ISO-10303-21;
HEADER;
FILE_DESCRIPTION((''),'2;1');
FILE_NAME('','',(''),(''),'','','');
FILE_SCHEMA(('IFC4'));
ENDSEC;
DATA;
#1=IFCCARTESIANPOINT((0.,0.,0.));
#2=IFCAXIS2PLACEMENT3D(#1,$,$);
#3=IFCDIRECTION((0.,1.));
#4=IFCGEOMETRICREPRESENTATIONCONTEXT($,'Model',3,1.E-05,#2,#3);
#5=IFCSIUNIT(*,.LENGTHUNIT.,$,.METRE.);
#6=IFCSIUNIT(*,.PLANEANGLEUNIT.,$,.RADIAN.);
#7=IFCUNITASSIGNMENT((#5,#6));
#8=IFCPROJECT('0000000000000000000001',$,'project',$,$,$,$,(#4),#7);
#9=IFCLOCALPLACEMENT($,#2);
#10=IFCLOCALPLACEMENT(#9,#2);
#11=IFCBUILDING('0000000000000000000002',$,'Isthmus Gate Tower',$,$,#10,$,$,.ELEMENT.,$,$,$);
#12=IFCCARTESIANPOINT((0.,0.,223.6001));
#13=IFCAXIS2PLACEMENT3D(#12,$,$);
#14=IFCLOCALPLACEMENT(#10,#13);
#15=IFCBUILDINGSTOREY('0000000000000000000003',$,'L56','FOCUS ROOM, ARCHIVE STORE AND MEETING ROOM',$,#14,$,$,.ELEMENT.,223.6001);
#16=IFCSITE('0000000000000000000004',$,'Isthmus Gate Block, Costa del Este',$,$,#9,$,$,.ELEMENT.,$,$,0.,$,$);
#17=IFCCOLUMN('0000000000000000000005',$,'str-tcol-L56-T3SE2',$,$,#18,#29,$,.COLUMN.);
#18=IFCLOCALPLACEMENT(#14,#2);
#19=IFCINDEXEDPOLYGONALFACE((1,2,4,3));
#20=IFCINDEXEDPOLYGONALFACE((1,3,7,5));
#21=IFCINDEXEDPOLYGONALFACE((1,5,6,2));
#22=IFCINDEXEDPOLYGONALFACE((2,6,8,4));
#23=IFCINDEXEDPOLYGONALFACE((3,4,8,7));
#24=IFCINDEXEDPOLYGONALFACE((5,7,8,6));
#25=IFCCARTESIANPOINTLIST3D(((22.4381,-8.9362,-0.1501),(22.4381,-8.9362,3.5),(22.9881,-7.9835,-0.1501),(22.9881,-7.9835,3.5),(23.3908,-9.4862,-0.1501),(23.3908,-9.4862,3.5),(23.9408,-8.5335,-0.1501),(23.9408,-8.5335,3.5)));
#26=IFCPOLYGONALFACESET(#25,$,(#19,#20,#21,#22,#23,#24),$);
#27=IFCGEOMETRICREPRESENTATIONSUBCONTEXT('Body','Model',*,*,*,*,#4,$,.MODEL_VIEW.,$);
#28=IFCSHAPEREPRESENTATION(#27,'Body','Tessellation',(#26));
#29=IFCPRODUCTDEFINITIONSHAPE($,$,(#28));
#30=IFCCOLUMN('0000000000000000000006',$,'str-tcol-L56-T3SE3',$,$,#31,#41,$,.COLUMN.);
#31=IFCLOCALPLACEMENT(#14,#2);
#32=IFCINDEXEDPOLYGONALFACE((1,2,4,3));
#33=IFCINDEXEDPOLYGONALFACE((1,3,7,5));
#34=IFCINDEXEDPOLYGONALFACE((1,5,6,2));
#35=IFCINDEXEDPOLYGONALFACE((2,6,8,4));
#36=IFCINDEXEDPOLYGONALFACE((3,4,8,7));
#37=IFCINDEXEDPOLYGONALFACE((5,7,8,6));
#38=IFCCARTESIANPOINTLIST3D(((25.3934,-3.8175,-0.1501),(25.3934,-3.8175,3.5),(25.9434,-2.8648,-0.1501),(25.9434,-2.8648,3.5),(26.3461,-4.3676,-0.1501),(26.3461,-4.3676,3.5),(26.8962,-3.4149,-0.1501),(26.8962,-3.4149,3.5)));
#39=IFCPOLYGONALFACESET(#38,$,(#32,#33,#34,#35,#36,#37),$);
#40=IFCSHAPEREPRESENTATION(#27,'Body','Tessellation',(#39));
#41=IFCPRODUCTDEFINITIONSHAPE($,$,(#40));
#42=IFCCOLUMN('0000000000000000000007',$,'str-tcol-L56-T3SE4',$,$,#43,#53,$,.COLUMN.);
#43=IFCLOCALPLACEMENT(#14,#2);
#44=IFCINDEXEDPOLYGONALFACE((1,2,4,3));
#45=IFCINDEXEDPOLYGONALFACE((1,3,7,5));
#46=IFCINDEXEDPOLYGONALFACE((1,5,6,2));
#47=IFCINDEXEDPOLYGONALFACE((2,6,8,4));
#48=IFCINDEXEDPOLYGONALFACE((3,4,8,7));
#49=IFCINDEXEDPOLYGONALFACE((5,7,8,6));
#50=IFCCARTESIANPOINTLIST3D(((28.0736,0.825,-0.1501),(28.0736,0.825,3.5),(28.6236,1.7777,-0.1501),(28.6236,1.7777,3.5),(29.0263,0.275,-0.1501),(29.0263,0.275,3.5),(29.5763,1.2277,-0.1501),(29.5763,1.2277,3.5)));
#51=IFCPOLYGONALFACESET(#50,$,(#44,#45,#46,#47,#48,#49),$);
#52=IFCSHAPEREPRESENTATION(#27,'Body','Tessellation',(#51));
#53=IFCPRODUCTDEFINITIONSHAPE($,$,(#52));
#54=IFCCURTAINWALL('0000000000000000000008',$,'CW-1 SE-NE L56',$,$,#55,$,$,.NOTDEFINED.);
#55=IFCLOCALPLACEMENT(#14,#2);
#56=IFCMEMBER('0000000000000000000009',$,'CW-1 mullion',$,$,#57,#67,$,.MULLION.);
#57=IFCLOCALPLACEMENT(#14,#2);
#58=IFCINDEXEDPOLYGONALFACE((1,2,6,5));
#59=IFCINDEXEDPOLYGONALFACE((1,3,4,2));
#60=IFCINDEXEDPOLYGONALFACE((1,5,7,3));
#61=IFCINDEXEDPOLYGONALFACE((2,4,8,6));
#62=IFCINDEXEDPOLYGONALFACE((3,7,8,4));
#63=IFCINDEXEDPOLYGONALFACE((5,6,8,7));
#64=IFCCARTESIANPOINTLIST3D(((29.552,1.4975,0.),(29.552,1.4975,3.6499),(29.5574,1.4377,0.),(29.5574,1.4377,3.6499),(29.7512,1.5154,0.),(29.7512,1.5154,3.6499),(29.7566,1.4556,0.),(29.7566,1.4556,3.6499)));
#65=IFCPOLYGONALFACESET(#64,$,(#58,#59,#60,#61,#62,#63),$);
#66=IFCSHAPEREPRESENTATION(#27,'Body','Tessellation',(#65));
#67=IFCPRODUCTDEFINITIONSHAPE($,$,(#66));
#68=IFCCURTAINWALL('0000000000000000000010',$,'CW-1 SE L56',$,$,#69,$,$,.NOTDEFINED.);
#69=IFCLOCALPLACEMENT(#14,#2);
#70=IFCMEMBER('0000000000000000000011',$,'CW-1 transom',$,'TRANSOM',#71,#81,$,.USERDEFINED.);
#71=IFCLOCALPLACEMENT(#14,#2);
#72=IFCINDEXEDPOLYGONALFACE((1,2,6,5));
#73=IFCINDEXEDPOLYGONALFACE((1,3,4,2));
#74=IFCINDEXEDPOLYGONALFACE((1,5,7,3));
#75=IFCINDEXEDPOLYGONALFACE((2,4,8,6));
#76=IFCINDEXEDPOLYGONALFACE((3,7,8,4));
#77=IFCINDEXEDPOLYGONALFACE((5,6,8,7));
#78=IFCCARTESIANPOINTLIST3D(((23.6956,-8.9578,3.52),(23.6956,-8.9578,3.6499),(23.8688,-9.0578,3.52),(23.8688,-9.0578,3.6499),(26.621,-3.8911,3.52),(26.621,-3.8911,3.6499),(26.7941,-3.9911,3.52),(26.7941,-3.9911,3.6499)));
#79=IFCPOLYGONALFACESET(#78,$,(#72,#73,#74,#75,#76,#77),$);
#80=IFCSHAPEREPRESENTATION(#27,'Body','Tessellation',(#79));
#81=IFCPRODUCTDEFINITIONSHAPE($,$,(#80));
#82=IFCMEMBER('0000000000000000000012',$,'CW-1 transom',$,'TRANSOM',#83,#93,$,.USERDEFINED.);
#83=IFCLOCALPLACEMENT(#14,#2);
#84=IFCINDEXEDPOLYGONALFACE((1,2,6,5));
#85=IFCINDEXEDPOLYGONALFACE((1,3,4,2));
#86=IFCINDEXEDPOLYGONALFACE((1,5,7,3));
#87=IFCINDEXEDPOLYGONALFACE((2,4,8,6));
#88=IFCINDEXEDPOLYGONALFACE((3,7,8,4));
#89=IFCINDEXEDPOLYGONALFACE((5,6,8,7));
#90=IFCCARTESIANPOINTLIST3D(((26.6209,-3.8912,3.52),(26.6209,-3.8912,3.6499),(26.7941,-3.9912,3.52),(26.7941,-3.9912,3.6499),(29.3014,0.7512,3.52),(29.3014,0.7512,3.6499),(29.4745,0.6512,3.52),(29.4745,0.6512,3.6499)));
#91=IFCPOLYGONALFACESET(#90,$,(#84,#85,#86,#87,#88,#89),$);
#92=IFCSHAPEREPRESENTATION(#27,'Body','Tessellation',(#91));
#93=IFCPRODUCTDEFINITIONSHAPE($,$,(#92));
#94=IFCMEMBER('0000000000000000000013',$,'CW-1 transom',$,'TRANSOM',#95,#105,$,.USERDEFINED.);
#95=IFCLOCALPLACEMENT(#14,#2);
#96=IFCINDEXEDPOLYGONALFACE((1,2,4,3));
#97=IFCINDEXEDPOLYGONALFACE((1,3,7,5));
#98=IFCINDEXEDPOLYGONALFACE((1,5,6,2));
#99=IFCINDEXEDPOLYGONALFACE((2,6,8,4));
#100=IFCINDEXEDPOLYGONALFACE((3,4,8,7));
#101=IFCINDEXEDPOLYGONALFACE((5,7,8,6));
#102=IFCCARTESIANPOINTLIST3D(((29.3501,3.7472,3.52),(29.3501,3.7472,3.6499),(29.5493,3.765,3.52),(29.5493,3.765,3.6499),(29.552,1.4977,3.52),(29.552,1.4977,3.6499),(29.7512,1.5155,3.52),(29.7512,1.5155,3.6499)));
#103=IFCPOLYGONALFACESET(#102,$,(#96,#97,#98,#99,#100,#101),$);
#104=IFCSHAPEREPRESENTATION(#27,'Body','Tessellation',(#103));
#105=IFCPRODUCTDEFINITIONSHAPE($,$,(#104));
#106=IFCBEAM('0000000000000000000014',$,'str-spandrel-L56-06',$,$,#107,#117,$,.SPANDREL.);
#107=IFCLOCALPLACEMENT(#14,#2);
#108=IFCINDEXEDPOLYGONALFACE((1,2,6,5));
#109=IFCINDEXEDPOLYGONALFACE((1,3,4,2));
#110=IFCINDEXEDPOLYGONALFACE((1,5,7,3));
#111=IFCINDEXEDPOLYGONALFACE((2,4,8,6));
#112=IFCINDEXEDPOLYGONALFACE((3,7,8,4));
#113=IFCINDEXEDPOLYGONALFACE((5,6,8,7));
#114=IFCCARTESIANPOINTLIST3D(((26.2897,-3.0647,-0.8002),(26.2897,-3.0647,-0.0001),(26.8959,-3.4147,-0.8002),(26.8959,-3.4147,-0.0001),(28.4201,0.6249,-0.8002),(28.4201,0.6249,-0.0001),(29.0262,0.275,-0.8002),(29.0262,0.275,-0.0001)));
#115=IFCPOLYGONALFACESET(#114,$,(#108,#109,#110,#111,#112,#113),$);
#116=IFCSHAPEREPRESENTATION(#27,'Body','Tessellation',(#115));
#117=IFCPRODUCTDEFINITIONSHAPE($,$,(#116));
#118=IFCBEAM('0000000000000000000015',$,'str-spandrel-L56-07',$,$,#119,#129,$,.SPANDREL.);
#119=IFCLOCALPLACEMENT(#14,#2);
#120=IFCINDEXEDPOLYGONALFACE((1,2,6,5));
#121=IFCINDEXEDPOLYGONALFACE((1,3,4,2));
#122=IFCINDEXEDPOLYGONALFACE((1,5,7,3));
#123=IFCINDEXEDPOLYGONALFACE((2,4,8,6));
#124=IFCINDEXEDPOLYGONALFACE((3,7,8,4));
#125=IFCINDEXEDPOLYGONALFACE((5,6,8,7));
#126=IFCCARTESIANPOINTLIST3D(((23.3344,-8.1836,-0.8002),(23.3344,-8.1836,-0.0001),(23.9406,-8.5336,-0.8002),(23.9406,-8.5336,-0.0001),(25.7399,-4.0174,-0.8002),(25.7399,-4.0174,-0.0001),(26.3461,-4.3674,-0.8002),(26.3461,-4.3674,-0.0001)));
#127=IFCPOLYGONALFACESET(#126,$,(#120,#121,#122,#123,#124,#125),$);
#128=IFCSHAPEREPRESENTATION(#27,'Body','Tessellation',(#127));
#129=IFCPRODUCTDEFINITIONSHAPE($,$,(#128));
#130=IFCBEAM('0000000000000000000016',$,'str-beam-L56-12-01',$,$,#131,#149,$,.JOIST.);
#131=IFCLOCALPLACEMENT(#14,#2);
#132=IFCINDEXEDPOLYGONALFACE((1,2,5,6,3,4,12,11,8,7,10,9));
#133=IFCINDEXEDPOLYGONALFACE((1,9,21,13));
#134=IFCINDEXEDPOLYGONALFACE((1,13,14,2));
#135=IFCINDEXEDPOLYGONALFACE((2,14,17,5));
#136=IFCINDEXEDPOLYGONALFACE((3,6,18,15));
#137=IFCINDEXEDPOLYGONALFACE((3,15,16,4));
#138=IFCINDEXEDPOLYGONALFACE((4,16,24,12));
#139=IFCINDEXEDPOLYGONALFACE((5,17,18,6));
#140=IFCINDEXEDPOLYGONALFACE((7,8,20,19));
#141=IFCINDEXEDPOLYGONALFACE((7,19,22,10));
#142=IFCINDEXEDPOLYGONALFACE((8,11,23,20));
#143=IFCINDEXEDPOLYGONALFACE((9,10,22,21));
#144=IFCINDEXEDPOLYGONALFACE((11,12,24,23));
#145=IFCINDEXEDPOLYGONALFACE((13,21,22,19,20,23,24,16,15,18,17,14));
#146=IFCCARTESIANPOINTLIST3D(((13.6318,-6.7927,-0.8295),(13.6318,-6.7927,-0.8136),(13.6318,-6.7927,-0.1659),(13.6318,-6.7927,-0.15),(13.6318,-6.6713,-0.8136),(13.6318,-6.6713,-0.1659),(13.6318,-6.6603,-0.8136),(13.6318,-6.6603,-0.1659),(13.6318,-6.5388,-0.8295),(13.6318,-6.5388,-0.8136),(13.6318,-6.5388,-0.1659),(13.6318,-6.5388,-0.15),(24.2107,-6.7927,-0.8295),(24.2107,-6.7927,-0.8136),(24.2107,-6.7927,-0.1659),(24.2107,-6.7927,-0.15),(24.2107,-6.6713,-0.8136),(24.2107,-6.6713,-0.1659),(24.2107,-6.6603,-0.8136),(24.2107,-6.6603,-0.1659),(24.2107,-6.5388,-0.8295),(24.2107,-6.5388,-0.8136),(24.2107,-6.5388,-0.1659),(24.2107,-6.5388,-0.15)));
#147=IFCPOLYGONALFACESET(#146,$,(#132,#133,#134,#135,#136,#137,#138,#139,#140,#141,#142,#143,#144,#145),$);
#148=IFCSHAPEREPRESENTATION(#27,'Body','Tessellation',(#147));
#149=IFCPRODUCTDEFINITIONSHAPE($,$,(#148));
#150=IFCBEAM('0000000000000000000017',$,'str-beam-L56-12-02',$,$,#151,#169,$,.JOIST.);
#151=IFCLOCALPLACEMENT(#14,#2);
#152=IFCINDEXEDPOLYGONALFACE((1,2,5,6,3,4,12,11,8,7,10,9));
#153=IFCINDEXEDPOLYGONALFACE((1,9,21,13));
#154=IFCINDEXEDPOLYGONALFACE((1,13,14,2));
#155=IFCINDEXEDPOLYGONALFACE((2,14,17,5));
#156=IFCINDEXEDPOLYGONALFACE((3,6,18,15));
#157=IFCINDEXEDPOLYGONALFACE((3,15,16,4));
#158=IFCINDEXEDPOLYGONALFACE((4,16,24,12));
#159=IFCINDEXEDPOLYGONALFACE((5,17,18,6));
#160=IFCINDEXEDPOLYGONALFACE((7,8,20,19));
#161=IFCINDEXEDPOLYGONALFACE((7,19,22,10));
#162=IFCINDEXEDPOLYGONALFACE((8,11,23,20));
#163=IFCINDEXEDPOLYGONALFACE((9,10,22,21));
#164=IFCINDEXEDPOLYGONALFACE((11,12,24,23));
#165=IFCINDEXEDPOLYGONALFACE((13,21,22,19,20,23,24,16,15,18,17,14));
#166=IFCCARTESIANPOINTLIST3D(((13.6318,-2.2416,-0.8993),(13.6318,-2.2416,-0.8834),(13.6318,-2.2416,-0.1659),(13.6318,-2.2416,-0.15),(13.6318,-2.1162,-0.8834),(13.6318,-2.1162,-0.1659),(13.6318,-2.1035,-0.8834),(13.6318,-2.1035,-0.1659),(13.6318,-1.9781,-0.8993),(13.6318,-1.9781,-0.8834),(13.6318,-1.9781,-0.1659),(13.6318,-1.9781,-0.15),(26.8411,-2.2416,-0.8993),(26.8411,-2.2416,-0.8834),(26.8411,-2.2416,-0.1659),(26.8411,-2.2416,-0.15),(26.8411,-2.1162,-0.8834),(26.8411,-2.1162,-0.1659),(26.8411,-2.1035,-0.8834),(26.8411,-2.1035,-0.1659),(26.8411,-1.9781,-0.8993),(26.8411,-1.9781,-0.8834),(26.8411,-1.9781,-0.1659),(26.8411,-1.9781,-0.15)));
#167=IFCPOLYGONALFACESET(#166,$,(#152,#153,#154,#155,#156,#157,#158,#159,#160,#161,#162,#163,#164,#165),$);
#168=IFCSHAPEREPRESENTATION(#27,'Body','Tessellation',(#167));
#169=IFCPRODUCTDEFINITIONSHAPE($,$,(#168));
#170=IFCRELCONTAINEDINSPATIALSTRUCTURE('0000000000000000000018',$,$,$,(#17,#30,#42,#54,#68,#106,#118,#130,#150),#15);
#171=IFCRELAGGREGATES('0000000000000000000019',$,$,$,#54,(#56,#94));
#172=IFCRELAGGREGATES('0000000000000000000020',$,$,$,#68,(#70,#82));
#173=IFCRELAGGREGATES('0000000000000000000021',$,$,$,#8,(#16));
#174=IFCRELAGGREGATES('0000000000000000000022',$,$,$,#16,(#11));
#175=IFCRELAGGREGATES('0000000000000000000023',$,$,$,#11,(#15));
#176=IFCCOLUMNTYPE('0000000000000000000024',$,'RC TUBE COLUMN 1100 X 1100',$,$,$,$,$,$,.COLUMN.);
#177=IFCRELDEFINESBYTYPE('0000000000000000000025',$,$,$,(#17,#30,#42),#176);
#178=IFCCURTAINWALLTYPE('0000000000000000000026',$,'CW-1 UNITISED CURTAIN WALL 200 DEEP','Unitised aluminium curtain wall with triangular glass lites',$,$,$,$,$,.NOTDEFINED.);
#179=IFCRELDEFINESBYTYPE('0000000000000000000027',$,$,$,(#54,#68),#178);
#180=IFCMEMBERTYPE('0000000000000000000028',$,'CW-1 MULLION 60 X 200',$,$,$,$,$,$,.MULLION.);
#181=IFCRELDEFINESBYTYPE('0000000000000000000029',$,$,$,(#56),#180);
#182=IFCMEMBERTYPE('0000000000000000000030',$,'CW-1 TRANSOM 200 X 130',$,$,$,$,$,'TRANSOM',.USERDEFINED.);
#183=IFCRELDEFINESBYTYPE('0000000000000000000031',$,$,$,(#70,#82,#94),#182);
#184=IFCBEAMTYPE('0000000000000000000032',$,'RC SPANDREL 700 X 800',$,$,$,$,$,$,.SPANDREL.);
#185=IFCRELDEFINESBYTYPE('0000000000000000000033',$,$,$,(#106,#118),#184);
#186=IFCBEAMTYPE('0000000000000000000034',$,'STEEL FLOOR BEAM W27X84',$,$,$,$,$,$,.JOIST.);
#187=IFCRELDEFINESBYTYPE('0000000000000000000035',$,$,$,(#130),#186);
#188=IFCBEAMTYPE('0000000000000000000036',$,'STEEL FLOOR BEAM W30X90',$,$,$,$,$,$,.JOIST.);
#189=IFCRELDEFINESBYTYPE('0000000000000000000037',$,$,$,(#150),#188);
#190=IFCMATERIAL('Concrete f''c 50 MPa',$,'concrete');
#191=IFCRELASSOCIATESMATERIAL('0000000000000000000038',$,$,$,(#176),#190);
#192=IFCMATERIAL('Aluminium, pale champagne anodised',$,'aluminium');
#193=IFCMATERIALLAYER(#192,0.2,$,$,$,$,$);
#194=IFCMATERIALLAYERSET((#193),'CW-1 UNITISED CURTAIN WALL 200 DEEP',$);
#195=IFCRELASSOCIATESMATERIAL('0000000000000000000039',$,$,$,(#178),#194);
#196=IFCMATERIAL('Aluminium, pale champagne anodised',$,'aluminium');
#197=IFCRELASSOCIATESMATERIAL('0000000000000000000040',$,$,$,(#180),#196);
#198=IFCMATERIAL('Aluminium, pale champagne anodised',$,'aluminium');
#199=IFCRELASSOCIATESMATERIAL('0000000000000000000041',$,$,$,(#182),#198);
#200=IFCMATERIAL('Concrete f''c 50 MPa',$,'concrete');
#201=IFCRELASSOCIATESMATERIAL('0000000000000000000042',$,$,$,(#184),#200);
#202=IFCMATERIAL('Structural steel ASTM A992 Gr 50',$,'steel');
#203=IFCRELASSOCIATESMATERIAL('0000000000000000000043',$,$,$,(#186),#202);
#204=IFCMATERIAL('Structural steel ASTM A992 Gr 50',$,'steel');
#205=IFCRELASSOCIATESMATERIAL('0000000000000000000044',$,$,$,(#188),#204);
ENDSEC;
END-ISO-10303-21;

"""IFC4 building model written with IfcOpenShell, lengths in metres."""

from ifc_helpers import new_model, si_unit, direction, frame, origin, origin_2d, place, context, subcontext, project, spatial, rectangle, i_section, extrude, material, layer, layer_set, material_profile, profile_set, type_object, element, aggregate, save


model = new_model("IFC4")

# Units and contexts
model_context = context("Model", 3, precision=1e-05, world=origin(), true_north=direction((0.0, 1.0)))
body_context = subcontext(model_context, "Body", "Model", "MODEL_VIEW")
ifc_project = project(units=[si_unit("LENGTHUNIT", "METRE"), si_unit("PLANEANGLEUNIT", "RADIAN")], contexts=[model_context])

# Site, building, storey
site_placement = place(None, origin())
site = spatial("IfcSite", under=ifc_project, at=site_placement, Name="Isthmus Gate Block, Costa del Este", CompositionType="ELEMENT", RefElevation=0.0)
building_placement = place(site_placement, origin())
building = spatial("IfcBuilding", under=site, at=building_placement, Name="Isthmus Gate Tower", CompositionType="ELEMENT")
storey_placement = place(building_placement, frame((0.0, 0.0, 223.6001)))
storey = spatial("IfcBuildingStorey", under=building, at=storey_placement, Name="L56", Description="FOCUS ROOM, ARCHIVE STORE AND MEETING ROOM", CompositionType="ELEMENT", Elevation=223.6001)

# Columns
ifc_material_1 = material(Name="Concrete f'c 50 MPa", Category="concrete")
ifc_material_profile_1 = material_profile(ifc_material_1, rectangle(XDim=1.1001, YDim=1.1001, at=origin_2d()), Name="RC 1100X1100")
ifc_profile_set_1 = profile_set([ifc_material_profile_1], Name="Concrete f'c 50 MPa")
column_type = type_object("IfcColumnType", Name="RC TUBE COLUMN 1100 X 1100", PredefinedType="COLUMN", material=ifc_profile_set_1)
for number, where, z_axis, x_axis, name in (
    (1, (23.1895, -8.7349, -0.1501), (0.0, 0.0, 1.0), (0.5, 0.866025, 0.0), "str-tcol-L56-T3SE2"),
    (2, (26.1448, -3.6162, -0.1501), (0.0, 0.0, 1.0), (0.5, 0.866025, 0.0), "str-tcol-L56-T3SE3"),
    (3, (28.825, 1.0264, -0.1501), (0.0, 0.0, 1.0), (0.5, 0.866025, 0.0), "str-tcol-L56-T3SE4"),
):
    element("IfcColumn", number, at=place(storey_placement, frame(where, z_axis=z_axis, x_axis=x_axis)), inside=storey, type_object=column_type, Name=name, PredefinedType="COLUMN", context=body_context, shape_type="SweptSolid", body=[
        extrude(rectangle(XDim=1.1001, YDim=1.1001, at=origin_2d()), origin(), (0.0, 0.0, 1.0), 3.6501),
    ])

# Curtain wall, member
ifc_material_2 = material(Name="Aluminium, pale champagne anodised", Category="aluminium")
ifc_layer_1 = layer(ifc_material_2, 0.2)
ifc_layer_set_1 = layer_set([ifc_layer_1], Name="CW-1 UNITISED CURTAIN WALL 200 DEEP")
curtain_wall_type = type_object("IfcCurtainWallType", Name="CW-1 UNITISED CURTAIN WALL 200 DEEP", Description="Unitised aluminium curtain wall with triangular glass lites", PredefinedType="NOTDEFINED", material=ifc_layer_set_1)
curtain_wall_1_placement = place(storey_placement, origin())
curtain_wall_1 = element("IfcCurtainWall", 4, at=curtain_wall_1_placement, inside=storey, type_object=curtain_wall_type, Name="CW-1 SE-NE L56", PredefinedType="NOTDEFINED")
ifc_material_3 = material(Name="Aluminium, pale champagne anodised", Category="aluminium")
ifc_material_profile_2 = material_profile(ifc_material_3, rectangle(XDim=0.0601, YDim=0.2, at=origin_2d()), Name="60x200")
ifc_profile_set_2 = profile_set([ifc_material_profile_2], Name="Aluminium, pale champagne anodised")
member_type_1 = type_object("IfcMemberType", Name="CW-1 MULLION 60 X 200", PredefinedType="MULLION", material=ifc_profile_set_2)
member_1_placement = place(storey_placement, frame((29.6543, 1.4766, 0.0), z_axis=(0.0, 0.0, 1.0), x_axis=(-0.089397, 0.995996, 0.0)))
member_1 = element("IfcMember", 5, at=member_1_placement, type_object=member_type_1, Name="CW-1 mullion", PredefinedType="MULLION", context=body_context, shape_type="SweptSolid", body=[
    extrude(rectangle(XDim=0.0601, YDim=0.2, at=origin_2d()), origin(), (0.0, 0.0, 1.0), 3.6499),
])

# Curtain wall, members
curtain_wall_2_placement = place(storey_placement, origin())
curtain_wall_2 = element("IfcCurtainWall", 6, at=curtain_wall_2_placement, inside=storey, type_object=curtain_wall_type, Name="CW-1 SE L56", PredefinedType="NOTDEFINED")
ifc_material_4 = material(Name="Aluminium, pale champagne anodised", Category="aluminium")
ifc_material_profile_3 = material_profile(ifc_material_4, rectangle(XDim=0.2, YDim=0.1299, at=origin_2d()), Name="200x130")
ifc_profile_set_3 = profile_set([ifc_material_profile_3], Name="Aluminium, pale champagne anodised")
member_type_2 = type_object("IfcMemberType", Name="CW-1 TRANSOM 200 X 130", ElementType="TRANSOM", PredefinedType="USERDEFINED", material=ifc_profile_set_3)
member_2_placement = place(storey_placement, frame((23.7822, -9.0078, 3.585), z_axis=(0.500008, 0.866021, 0.0), x_axis=(-0.866021, 0.500008, 0.0)))
member_2 = element("IfcMember", 7, at=member_2_placement, type_object=member_type_2, Name="CW-1 transom", ObjectType="TRANSOM", PredefinedType="USERDEFINED", context=body_context, shape_type="SweptSolid", body=[
    extrude(rectangle(XDim=0.2, YDim=0.1299, at=origin_2d()), origin(), (0.0, 0.0, 1.0), 5.8506),
])
member_3_placement = place(storey_placement, frame((26.7075, -3.9412, 3.585), z_axis=(0.500023, 0.866012, 0.0), x_axis=(-0.866012, 0.500023, 0.0)))
member_3 = element("IfcMember", 8, at=member_3_placement, type_object=member_type_2, Name="CW-1 transom", ObjectType="TRANSOM", PredefinedType="USERDEFINED", context=body_context, shape_type="SweptSolid", body=[
    extrude(rectangle(XDim=0.2, YDim=0.1299, at=origin_2d()), origin(), (0.0, 0.0, 1.0), 5.3606),
])

# Member
member_4_placement = place(storey_placement, frame((29.6516, 1.5066, 3.585), z_axis=(-0.089395, 0.995996, 0.0), x_axis=(-0.995996, -0.089395, 0.0)))
member_4 = element("IfcMember", 9, at=member_4_placement, type_object=member_type_2, Name="CW-1 transom", ObjectType="TRANSOM", PredefinedType="USERDEFINED", context=body_context, shape_type="SweptSolid", body=[
    extrude(rectangle(XDim=0.2, YDim=0.1299, at=origin_2d()), origin(), (0.0, 0.0, 1.0), 2.2585),
])
aggregate(curtain_wall_1, [member_1, member_4])

# Beams
ifc_material_5 = material(Name="Concrete f'c 50 MPa", Category="concrete")
ifc_material_profile_4 = material_profile(ifc_material_5, rectangle(XDim=0.7, YDim=0.8, at=origin_2d()), Name="RC 700X800")
ifc_profile_set_4 = profile_set([ifc_material_profile_4], Name="Concrete f'c 50 MPa")
beam_type_1 = type_object("IfcBeamType", Name="RC SPANDREL 700 X 800", PredefinedType="SPANDREL", material=ifc_profile_set_4)
beam_1_placement = place(storey_placement, frame((28.7231, 0.45, -0.4001), z_axis=(-0.500022, -0.866013, 0.0), x_axis=(0.866013, -0.500022, 0.0)))
element("IfcBeam", 10, at=beam_1_placement, inside=storey, type_object=beam_type_1, Name="str-spandrel-L56-06", PredefinedType="SPANDREL", context=body_context, shape_type="SweptSolid", body=[
    extrude(rectangle(XDim=0.7, YDim=0.8, at=origin_2d()), origin(), (0.0, 0.0, 1.0), 4.2605),
])
beam_2_placement = place(storey_placement, frame((26.043, -4.1924, -0.4001), z_axis=(-0.50002, -0.866014, 0.0), x_axis=(0.866014, -0.50002, 0.0)))
element("IfcBeam", 11, at=beam_2_placement, inside=storey, type_object=beam_type_1, Name="str-spandrel-L56-07", PredefinedType="SPANDREL", context=body_context, shape_type="SweptSolid", body=[
    extrude(rectangle(XDim=0.7, YDim=0.8, at=origin_2d()), origin(), (0.0, 0.0, 1.0), 4.8108),
])
ifc_material_6 = material(Name="Structural steel ASTM A992 Gr 50", Category="steel")
ifc_material_profile_5 = material_profile(ifc_material_6, i_section(OverallWidth=0.2539, OverallDepth=0.6794, WebThickness=0.011, FlangeThickness=0.0159, at=origin_2d()), Name="W27X84")
ifc_profile_set_5 = profile_set([ifc_material_profile_5], Name="Structural steel ASTM A992 Gr 50")
beam_type_2 = type_object("IfcBeamType", Name="STEEL FLOOR BEAM W27X84", PredefinedType="JOIST", material=ifc_profile_set_5)
beam_3_placement = place(storey_placement, frame((13.6318, -6.6658, -0.4897), z_axis=(1.0, 0.0, 0.0), x_axis=(0.0, 1.0, 0.0)))
element("IfcBeam", 12, at=beam_3_placement, inside=storey, type_object=beam_type_2, Name="str-beam-L56-12-01", PredefinedType="JOIST", context=body_context, shape_type="SweptSolid", body=[
    extrude(i_section(OverallWidth=0.2539, OverallDepth=0.6794, WebThickness=0.011, FlangeThickness=0.0159, at=origin_2d()), origin(), (0.0, 0.0, 1.0), 10.5789),
])
ifc_material_7 = material(Name="Structural steel ASTM A992 Gr 50", Category="steel")
ifc_material_profile_6 = material_profile(ifc_material_7, i_section(OverallWidth=0.2634, OverallDepth=0.7493, WebThickness=0.0127, FlangeThickness=0.0159, at=origin_2d()), Name="W30X90")
ifc_profile_set_6 = profile_set([ifc_material_profile_6], Name="Structural steel ASTM A992 Gr 50")
beam_type_3 = type_object("IfcBeamType", Name="STEEL FLOOR BEAM W30X90", PredefinedType="JOIST", material=ifc_profile_set_6)
beam_4_placement = place(storey_placement, frame((13.6318, -2.1099, -0.5247), z_axis=(1.0, 0.0, 0.0), x_axis=(0.0, 1.0, 0.0)))
element("IfcBeam", 13, at=beam_4_placement, inside=storey, type_object=beam_type_3, Name="str-beam-L56-12-02", PredefinedType="JOIST", context=body_context, shape_type="SweptSolid", body=[
    extrude(i_section(OverallWidth=0.2634, OverallDepth=0.7493, WebThickness=0.0127, FlangeThickness=0.0159, at=origin_2d()), origin(), (0.0, 0.0, 1.0), 13.2092),
])

aggregate(curtain_wall_2, [member_2, member_3])

save(model, "model.ifc")
